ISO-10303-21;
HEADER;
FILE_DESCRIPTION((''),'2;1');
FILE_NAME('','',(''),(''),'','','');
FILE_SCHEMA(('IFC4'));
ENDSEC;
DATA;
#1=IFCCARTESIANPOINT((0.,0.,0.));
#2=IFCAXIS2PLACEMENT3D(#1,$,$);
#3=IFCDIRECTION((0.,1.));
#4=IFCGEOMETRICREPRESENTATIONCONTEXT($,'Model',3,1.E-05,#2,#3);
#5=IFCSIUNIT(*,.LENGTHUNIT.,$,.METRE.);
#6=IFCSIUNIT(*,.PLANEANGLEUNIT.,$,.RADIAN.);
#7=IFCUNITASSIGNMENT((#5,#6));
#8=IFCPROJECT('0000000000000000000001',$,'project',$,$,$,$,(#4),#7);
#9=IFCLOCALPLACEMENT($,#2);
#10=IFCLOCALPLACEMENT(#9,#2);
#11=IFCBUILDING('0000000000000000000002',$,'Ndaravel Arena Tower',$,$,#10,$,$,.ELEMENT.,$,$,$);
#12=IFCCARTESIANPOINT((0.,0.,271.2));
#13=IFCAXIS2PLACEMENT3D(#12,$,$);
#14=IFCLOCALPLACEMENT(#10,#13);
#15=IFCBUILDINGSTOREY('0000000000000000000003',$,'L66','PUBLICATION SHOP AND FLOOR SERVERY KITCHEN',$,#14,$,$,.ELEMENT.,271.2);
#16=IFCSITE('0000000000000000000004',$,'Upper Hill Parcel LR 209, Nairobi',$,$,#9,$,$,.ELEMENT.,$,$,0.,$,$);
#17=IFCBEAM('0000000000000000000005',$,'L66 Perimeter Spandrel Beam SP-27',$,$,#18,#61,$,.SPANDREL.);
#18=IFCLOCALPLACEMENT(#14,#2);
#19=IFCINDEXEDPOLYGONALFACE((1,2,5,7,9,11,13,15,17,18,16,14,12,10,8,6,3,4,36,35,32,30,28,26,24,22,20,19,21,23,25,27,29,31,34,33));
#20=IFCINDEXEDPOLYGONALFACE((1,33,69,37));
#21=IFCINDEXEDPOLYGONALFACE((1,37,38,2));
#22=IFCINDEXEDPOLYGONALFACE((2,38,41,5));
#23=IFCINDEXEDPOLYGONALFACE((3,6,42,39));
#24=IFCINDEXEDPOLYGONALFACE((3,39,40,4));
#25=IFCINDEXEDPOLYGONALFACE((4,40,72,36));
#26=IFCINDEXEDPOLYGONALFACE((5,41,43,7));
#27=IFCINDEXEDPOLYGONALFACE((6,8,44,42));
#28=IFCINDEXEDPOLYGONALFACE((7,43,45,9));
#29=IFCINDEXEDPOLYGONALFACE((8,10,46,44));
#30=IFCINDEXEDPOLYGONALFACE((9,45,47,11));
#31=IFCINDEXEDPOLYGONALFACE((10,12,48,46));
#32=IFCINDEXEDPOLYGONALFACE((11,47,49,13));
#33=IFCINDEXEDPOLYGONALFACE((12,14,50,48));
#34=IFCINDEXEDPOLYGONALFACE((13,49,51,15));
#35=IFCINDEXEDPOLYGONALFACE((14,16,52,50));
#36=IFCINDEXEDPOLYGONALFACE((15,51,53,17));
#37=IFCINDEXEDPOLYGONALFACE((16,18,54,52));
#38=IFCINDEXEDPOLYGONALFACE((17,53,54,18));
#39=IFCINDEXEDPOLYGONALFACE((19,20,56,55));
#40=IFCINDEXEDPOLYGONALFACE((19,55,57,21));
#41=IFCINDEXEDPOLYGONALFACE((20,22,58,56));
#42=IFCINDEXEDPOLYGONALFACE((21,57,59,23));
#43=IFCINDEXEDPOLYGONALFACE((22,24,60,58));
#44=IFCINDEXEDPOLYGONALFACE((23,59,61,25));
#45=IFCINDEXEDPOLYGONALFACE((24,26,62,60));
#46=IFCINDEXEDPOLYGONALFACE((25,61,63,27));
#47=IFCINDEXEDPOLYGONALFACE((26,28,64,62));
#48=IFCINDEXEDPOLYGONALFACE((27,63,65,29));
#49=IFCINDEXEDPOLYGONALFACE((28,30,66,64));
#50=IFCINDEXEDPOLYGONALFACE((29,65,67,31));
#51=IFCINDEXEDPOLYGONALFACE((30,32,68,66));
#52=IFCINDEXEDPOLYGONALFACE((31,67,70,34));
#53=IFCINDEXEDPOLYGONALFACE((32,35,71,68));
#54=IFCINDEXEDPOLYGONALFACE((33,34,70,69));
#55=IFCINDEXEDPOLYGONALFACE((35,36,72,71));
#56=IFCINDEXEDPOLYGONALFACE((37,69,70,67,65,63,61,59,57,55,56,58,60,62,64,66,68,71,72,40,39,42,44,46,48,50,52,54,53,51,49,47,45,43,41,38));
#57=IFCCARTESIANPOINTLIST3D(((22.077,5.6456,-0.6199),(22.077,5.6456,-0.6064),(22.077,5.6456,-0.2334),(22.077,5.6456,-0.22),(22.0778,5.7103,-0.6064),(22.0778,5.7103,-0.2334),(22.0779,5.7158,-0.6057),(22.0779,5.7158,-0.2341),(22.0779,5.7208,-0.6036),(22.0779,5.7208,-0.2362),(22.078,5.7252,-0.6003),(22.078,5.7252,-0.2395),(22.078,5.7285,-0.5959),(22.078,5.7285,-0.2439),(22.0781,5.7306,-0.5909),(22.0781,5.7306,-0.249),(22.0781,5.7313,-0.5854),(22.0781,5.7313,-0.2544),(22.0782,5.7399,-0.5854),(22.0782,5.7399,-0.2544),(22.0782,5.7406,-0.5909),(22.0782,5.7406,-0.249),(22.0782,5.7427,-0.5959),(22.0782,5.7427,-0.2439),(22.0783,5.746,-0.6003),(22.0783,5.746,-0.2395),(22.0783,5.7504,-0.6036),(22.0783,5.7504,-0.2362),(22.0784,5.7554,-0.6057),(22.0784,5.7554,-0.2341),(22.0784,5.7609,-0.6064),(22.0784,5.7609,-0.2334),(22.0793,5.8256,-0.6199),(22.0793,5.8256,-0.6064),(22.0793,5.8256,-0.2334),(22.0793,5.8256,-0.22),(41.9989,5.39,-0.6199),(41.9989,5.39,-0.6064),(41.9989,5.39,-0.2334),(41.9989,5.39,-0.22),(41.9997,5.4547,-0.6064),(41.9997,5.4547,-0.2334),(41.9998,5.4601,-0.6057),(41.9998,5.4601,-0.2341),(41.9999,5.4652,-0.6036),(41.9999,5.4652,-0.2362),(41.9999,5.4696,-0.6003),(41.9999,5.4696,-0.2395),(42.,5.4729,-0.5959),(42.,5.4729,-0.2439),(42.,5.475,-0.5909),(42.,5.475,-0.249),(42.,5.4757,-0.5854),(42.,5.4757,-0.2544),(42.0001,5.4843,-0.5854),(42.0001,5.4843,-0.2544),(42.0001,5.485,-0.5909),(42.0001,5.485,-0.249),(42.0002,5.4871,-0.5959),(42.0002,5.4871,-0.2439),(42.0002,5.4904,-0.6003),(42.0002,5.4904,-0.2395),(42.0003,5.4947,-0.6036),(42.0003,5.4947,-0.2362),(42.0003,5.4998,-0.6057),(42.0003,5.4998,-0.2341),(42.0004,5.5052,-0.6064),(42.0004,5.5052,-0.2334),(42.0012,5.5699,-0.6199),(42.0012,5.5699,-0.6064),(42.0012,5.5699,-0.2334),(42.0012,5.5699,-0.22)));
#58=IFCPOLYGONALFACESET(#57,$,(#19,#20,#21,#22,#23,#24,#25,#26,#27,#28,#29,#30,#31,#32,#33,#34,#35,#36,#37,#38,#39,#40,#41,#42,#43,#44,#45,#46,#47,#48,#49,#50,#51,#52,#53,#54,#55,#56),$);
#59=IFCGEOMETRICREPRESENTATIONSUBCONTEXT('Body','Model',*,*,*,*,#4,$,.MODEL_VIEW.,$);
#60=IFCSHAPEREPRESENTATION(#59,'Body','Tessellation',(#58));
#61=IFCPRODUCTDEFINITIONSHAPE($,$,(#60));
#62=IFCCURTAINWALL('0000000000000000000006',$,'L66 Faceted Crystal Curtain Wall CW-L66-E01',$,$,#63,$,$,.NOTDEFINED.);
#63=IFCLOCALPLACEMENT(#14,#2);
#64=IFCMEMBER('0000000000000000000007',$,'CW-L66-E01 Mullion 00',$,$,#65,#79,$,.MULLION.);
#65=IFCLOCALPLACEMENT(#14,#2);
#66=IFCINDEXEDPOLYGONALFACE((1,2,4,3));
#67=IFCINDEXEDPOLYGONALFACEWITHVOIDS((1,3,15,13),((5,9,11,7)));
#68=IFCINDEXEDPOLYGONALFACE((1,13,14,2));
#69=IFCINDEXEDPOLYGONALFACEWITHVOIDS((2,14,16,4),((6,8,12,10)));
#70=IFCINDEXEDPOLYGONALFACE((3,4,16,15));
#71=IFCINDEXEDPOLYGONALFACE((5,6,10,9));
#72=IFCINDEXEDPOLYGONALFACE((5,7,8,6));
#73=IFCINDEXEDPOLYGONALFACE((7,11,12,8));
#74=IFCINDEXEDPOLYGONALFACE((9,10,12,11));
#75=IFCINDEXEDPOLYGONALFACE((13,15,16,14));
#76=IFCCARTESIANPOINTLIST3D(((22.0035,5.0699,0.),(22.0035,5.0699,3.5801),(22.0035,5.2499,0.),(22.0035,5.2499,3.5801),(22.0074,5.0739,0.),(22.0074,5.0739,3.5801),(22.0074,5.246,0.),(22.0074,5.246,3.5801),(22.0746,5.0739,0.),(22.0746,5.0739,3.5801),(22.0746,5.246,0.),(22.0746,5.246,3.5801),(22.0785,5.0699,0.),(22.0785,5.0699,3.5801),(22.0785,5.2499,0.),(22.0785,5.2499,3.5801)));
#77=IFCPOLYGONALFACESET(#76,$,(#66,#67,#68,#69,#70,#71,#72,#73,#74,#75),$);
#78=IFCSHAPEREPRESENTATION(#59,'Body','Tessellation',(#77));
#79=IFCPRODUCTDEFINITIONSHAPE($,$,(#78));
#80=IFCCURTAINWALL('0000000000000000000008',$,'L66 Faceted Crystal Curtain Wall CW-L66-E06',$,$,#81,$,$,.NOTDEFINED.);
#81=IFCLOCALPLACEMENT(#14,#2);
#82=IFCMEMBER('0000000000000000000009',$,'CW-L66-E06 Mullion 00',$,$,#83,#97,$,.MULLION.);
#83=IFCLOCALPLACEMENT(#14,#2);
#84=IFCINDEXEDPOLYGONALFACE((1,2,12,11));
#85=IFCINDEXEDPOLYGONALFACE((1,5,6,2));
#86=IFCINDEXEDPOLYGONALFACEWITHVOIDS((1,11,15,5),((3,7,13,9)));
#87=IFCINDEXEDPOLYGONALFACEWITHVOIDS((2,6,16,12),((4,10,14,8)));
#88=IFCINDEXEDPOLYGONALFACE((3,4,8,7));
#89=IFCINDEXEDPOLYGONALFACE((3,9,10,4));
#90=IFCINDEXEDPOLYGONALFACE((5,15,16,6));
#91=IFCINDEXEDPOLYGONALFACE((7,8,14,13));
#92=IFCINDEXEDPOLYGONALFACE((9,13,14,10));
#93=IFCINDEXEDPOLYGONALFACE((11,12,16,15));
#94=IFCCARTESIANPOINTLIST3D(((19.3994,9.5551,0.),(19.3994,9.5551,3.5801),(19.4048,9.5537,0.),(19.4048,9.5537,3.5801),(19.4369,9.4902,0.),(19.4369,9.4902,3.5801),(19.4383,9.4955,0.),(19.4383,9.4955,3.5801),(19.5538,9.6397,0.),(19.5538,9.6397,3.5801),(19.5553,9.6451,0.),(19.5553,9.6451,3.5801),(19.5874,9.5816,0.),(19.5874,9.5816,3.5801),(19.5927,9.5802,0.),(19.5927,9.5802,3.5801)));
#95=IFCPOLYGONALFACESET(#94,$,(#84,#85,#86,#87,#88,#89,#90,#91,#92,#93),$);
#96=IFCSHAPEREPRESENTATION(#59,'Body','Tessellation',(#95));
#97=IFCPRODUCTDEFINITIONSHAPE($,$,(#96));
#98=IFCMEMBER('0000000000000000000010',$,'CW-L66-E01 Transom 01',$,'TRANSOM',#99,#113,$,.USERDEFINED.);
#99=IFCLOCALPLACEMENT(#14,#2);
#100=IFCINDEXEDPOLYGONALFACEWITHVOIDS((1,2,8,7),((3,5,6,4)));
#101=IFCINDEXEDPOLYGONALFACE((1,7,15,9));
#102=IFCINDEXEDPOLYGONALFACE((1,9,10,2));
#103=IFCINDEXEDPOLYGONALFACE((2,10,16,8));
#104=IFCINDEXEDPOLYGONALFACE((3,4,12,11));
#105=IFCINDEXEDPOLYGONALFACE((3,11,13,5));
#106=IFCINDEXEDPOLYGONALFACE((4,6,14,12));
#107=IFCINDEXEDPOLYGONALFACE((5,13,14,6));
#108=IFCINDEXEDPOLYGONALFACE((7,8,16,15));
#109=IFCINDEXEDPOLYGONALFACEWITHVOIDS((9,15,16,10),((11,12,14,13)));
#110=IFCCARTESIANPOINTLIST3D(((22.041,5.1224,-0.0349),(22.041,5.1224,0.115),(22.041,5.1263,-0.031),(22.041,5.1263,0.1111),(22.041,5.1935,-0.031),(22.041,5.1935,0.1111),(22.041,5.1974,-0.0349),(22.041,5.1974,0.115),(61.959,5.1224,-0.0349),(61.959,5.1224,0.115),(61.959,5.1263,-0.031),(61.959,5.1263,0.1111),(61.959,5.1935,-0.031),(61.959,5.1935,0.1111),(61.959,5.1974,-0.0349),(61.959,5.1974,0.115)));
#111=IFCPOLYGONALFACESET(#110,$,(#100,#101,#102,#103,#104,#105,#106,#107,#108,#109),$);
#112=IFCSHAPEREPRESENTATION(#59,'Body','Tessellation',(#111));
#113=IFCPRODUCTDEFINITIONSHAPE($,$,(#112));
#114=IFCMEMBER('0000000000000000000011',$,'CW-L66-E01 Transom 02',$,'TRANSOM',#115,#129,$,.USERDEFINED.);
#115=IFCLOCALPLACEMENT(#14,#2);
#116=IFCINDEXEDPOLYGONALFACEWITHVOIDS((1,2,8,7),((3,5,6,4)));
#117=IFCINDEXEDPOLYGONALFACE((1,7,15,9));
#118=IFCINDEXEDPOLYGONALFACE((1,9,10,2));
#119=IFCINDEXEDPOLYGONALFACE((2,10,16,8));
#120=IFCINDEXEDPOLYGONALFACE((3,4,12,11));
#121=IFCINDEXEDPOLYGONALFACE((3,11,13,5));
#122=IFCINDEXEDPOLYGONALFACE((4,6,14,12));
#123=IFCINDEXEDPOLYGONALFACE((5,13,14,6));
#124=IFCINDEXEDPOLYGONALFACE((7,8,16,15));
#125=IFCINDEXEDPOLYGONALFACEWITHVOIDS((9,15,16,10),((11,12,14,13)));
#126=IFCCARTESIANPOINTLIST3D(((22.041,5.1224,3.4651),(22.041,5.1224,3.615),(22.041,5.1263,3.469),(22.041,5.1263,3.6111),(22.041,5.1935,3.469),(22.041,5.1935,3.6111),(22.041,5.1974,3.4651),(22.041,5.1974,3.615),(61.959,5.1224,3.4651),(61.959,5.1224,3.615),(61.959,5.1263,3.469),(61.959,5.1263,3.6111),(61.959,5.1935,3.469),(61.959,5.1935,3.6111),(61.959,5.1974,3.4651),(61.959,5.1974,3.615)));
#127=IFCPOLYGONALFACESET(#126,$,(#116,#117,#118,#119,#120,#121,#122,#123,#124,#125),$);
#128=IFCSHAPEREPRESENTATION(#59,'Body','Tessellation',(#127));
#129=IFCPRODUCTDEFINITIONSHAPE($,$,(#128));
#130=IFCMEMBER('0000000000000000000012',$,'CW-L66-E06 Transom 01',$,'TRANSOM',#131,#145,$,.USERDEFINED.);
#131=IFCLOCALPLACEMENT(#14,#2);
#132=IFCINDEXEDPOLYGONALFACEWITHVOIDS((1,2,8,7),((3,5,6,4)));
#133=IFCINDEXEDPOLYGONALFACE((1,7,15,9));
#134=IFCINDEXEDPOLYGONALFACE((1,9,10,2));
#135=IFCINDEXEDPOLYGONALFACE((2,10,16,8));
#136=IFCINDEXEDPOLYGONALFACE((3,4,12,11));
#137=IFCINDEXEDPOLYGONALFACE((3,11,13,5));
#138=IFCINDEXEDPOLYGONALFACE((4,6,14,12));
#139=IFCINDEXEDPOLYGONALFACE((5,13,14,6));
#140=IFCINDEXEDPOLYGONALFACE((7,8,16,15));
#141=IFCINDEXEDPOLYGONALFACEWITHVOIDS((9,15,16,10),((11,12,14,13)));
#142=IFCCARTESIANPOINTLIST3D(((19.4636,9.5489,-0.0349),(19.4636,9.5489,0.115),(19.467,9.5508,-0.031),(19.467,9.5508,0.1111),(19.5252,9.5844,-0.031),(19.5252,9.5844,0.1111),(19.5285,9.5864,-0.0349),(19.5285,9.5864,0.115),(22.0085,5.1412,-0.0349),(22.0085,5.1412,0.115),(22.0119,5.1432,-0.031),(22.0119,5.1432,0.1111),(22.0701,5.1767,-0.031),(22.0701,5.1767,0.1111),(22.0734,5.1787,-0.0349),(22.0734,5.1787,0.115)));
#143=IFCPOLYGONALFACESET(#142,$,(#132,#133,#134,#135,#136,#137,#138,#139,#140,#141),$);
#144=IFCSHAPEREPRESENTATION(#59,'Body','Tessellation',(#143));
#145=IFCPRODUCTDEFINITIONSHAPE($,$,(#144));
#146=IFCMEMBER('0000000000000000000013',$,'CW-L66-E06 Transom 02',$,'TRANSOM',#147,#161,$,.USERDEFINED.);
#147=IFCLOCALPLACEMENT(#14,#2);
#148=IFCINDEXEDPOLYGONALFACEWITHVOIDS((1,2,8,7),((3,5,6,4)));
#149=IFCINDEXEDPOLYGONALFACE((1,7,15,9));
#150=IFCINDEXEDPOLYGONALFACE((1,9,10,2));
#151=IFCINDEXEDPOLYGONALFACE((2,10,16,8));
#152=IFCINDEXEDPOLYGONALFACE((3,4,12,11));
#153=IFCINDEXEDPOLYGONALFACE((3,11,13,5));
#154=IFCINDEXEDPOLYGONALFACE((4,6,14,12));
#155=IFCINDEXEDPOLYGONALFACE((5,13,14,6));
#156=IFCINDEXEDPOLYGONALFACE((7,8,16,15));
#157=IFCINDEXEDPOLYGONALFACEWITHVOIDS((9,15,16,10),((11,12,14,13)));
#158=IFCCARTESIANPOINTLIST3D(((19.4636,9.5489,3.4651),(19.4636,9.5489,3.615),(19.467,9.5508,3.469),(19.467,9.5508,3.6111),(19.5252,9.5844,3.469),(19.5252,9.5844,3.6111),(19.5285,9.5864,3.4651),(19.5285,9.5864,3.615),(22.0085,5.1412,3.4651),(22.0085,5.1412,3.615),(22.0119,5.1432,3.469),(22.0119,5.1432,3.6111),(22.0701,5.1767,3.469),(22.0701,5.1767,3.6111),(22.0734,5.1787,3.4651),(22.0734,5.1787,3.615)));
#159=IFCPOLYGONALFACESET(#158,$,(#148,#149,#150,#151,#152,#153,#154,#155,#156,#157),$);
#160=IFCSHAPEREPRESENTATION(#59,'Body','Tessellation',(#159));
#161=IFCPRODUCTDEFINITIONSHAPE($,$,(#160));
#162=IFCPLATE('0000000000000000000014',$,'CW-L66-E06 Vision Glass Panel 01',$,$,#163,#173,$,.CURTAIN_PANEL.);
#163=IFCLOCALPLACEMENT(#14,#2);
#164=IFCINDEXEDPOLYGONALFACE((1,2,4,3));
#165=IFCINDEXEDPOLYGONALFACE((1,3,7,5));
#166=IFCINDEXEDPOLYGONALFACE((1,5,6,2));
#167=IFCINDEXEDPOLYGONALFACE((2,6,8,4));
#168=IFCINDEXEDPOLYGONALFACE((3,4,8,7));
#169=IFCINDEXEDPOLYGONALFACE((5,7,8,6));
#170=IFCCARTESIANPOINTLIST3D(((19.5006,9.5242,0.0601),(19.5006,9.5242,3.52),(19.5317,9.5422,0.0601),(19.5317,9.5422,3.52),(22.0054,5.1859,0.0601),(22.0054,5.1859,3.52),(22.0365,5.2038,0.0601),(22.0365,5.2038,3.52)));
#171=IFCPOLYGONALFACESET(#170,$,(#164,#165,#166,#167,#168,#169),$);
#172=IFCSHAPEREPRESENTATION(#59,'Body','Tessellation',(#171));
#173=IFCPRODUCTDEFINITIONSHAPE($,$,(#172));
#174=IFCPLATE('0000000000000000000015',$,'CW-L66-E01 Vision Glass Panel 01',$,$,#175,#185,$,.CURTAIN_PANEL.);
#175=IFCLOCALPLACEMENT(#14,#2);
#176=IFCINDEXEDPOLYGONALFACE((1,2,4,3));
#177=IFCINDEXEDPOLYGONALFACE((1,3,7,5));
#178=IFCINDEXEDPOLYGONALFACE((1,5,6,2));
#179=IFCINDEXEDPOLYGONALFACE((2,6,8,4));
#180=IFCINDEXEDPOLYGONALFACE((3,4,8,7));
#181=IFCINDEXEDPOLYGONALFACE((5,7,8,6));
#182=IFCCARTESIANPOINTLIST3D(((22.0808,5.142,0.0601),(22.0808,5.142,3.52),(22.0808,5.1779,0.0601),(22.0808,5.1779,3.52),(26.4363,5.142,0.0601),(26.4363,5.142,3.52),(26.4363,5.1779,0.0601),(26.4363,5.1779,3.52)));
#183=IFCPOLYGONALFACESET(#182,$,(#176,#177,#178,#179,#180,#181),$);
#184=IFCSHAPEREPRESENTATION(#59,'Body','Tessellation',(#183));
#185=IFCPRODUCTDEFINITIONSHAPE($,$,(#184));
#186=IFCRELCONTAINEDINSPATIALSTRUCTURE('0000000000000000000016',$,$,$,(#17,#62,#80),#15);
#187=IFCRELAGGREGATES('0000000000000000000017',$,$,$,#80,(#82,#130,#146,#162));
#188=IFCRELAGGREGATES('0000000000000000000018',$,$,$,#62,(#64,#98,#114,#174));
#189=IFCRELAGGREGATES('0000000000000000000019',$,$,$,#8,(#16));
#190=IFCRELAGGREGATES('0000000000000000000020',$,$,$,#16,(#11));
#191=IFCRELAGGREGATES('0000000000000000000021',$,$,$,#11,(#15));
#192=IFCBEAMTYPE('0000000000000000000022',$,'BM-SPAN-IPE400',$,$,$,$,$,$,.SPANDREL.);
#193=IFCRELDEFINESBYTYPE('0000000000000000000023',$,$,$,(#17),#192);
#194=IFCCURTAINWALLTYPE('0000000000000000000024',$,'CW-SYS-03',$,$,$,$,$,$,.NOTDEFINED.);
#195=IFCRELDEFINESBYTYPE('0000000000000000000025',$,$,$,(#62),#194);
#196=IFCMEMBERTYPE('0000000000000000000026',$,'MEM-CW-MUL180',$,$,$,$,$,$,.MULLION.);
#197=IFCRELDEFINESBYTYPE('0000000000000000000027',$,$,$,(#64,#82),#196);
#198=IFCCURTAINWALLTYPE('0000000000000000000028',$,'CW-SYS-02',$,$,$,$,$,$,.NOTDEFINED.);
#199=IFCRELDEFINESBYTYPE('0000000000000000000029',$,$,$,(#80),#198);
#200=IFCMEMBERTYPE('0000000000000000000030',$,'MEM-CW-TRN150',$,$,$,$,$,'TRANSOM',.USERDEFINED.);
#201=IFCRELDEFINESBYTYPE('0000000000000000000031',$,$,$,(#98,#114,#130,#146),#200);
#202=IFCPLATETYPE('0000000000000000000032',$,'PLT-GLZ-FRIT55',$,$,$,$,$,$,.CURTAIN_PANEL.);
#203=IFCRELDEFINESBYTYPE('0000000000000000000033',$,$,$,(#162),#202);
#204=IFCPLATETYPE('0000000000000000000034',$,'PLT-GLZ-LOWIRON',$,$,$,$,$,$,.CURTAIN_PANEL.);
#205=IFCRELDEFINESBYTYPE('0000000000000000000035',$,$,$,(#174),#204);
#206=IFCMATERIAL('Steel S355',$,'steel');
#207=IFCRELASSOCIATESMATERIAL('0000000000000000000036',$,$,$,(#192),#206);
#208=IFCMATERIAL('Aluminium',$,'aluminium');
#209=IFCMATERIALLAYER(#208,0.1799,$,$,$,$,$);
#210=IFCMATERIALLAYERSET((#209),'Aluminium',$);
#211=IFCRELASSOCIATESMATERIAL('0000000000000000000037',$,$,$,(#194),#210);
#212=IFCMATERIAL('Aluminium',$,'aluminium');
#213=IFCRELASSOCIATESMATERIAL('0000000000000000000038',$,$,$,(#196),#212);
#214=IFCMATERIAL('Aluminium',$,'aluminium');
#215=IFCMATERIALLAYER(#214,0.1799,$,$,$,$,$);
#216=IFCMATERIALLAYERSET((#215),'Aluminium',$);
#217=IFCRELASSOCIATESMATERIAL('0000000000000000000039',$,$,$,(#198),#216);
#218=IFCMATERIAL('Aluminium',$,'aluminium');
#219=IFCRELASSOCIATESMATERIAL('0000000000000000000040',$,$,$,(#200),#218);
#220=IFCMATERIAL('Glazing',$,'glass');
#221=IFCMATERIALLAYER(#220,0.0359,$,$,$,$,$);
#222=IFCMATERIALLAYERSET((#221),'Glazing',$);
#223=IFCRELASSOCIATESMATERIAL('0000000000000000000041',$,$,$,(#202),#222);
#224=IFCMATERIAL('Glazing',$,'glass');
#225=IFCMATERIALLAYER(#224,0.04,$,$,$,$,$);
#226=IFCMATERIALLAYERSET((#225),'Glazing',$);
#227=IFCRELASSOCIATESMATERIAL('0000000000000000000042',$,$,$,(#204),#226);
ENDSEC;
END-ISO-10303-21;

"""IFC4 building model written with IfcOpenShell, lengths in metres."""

from ifc_helpers import new_model, si_unit, direction, frame, origin, origin_2d, place, context, subcontext, project, spatial, rectangle, hollow_rectangle, i_section, extrude, material, layer, layer_set, material_profile, profile_set, type_object, element, aggregate, save


model = new_model("IFC4")

# Units and contexts
model_context = context("Model", 3, precision=1e-05, world=origin(), true_north=direction((0.0, 1.0)))
body_context = subcontext(model_context, "Body", "Model", "MODEL_VIEW")
ifc_project = project(units=[si_unit("LENGTHUNIT", "METRE"), si_unit("PLANEANGLEUNIT", "RADIAN")], contexts=[model_context])

# Site, building, storey
site_placement = place(None, origin())
site = spatial("IfcSite", under=ifc_project, at=site_placement, Name="Upper Hill Parcel LR 209, Nairobi", CompositionType="ELEMENT", RefElevation=0.0)
building_placement = place(site_placement, origin())
building = spatial("IfcBuilding", under=site, at=building_placement, Name="Ndaravel Arena Tower", CompositionType="ELEMENT")
storey_placement = place(building_placement, frame((0.0, 0.0, 271.2)))
storey = spatial("IfcBuildingStorey", under=building, at=storey_placement, Name="L66", Description="PUBLICATION SHOP AND FLOOR SERVERY KITCHEN", CompositionType="ELEMENT", Elevation=271.2)

# Beam
ifc_material_1 = material(Name="Steel S355", Category="steel")
ifc_material_profile_1 = material_profile(ifc_material_1, i_section(OverallWidth=0.1799, OverallDepth=0.3999, WebThickness=0.0085, FlangeThickness=0.0134, FilletRadius=0.021, at=origin_2d()), Name="IPE 400")
ifc_profile_set_1 = profile_set([ifc_material_profile_1], Name="Steel S355")
beam_type = type_object("IfcBeamType", Name="BM-SPAN-IPE400", PredefinedType="SPANDREL", material=ifc_profile_set_1)
beam_1_placement = place(storey_placement, frame((22.0781, 5.7356, -0.4199), z_axis=(0.999918, -0.01283, 0.0), x_axis=(0.01283, 0.999918, 0.0)))
element("IfcBeam", 1, at=beam_1_placement, inside=storey, type_object=beam_type, Name="L66 Perimeter Spandrel Beam SP-27", PredefinedType="SPANDREL", context=body_context, shape_type="SweptSolid", body=[
    extrude(i_section(OverallWidth=0.1799, OverallDepth=0.3999, WebThickness=0.0085, FlangeThickness=0.0134, FilletRadius=0.021, at=origin_2d()), origin(), (0.0, 0.0, 1.0), 19.9236),
])

# Curtain walls, members
ifc_material_2 = material(Name="Aluminium", Category="aluminium")
ifc_layer_1 = layer(ifc_material_2, 0.1799)
ifc_layer_set_1 = layer_set([ifc_layer_1], Name="Aluminium")
curtain_wall_type_1 = type_object("IfcCurtainWallType", Name="CW-SYS-03", PredefinedType="NOTDEFINED", material=ifc_layer_set_1)
curtain_wall_1_placement = place(storey_placement, origin())
curtain_wall_1 = element("IfcCurtainWall", 2, at=curtain_wall_1_placement, inside=storey, type_object=curtain_wall_type_1, Name="L66 Faceted Crystal Curtain Wall CW-L66-E01", PredefinedType="NOTDEFINED")
ifc_material_3 = material(Name="Aluminium", Category="aluminium")
ifc_material_profile_2 = material_profile(ifc_material_3, hollow_rectangle(XDim=0.075, YDim=0.1799, WallThickness=0.0039, at=origin_2d()), Name="CW MULLION 75x180x4")
ifc_profile_set_2 = profile_set([ifc_material_profile_2], Name="Aluminium")
member_type_1 = type_object("IfcMemberType", Name="MEM-CW-MUL180", PredefinedType="MULLION", material=ifc_profile_set_2)
member_1_placement = place(storey_placement, frame((22.041, 5.1599, 0.0), z_axis=(0.0, 0.0, 1.0), x_axis=(1.0, 0.0, 0.0)))
member_1 = element("IfcMember", 3, at=member_1_placement, type_object=member_type_1, Name="CW-L66-E01 Mullion 00", PredefinedType="MULLION", context=body_context, shape_type="SweptSolid", body=[
    extrude(hollow_rectangle(XDim=0.075, YDim=0.1799, WallThickness=0.0039, at=origin_2d()), origin(), (0.0, 0.0, 1.0), 3.5801),
])
ifc_material_4 = material(Name="Aluminium", Category="aluminium")
ifc_layer_2 = layer(ifc_material_4, 0.1799)
ifc_layer_set_2 = layer_set([ifc_layer_2], Name="Aluminium")
curtain_wall_type_2 = type_object("IfcCurtainWallType", Name="CW-SYS-02", PredefinedType="NOTDEFINED", material=ifc_layer_set_2)
curtain_wall_2_placement = place(storey_placement, origin())
curtain_wall_2 = element("IfcCurtainWall", 4, at=curtain_wall_2_placement, inside=storey, type_object=curtain_wall_type_2, Name="L66 Faceted Crystal Curtain Wall CW-L66-E06", PredefinedType="NOTDEFINED")
member_2_placement = place(storey_placement, frame((19.4961, 9.5676, 0.0), z_axis=(0.0, 0.0, 1.0), x_axis=(0.5, -0.866025, 0.0)))
member_2 = element("IfcMember", 5, at=member_2_placement, type_object=member_type_1, Name="CW-L66-E06 Mullion 00", PredefinedType="MULLION", context=body_context, shape_type="SweptSolid", body=[
    extrude(hollow_rectangle(XDim=0.075, YDim=0.1799, WallThickness=0.0039, at=origin_2d()), origin(), (0.0, 0.0, 1.0), 3.5801),
])

# Members
ifc_material_5 = material(Name="Aluminium", Category="aluminium")
ifc_material_profile_3 = material_profile(ifc_material_5, hollow_rectangle(XDim=0.075, YDim=0.1499, WallThickness=0.0039, at=origin_2d()), Name="CW TRANSOM 75x150x4")
ifc_profile_set_3 = profile_set([ifc_material_profile_3], Name="Aluminium")
member_type_2 = type_object("IfcMemberType", Name="MEM-CW-TRN150", ElementType="TRANSOM", PredefinedType="USERDEFINED", material=ifc_profile_set_3)
member_3_placement = place(storey_placement, frame((22.041, 5.1599, 0.04), z_axis=(1.0, 0.0, 0.0), x_axis=(0.0, 1.0, 0.0)))
member_3 = element("IfcMember", 6, at=member_3_placement, type_object=member_type_2, Name="CW-L66-E01 Transom 01", ObjectType="TRANSOM", PredefinedType="USERDEFINED", context=body_context, shape_type="SweptSolid", body=[
    extrude(hollow_rectangle(XDim=0.075, YDim=0.1499, WallThickness=0.0039, at=origin_2d()), origin(), (0.0, 0.0, 1.0), 39.918),
])
member_4_placement = place(storey_placement, frame((22.041, 5.1599, 3.54), z_axis=(1.0, 0.0, 0.0), x_axis=(0.0, 1.0, 0.0)))
member_4 = element("IfcMember", 7, at=member_4_placement, type_object=member_type_2, Name="CW-L66-E01 Transom 02", ObjectType="TRANSOM", PredefinedType="USERDEFINED", context=body_context, shape_type="SweptSolid", body=[
    extrude(hollow_rectangle(XDim=0.075, YDim=0.1499, WallThickness=0.0039, at=origin_2d()), origin(), (0.0, 0.0, 1.0), 39.918),
])
member_5_placement = place(storey_placement, frame((19.4961, 9.5676, 0.04), z_axis=(0.500019, -0.866015, 0.0), x_axis=(0.866015, 0.500019, 0.0)))
member_5 = element("IfcMember", 8, at=member_5_placement, type_object=member_type_2, Name="CW-L66-E06 Transom 01", ObjectType="TRANSOM", PredefinedType="USERDEFINED", context=body_context, shape_type="SweptSolid", body=[
    extrude(hollow_rectangle(XDim=0.075, YDim=0.1499, WallThickness=0.0039, at=origin_2d()), origin(), (0.0, 0.0, 1.0), 5.0896),
])
member_6_placement = place(storey_placement, frame((19.4961, 9.5676, 3.54), z_axis=(0.500019, -0.866015, 0.0), x_axis=(0.866015, 0.500019, 0.0)))
member_6 = element("IfcMember", 9, at=member_6_placement, type_object=member_type_2, Name="CW-L66-E06 Transom 02", ObjectType="TRANSOM", PredefinedType="USERDEFINED", context=body_context, shape_type="SweptSolid", body=[
    extrude(hollow_rectangle(XDim=0.075, YDim=0.1499, WallThickness=0.0039, at=origin_2d()), origin(), (0.0, 0.0, 1.0), 5.0896),
])

# Plates
ifc_material_6 = material(Name="Glazing", Category="glass")
ifc_layer_3 = layer(ifc_material_6, 0.0359)
ifc_layer_set_3 = layer_set([ifc_layer_3], Name="Glazing")
plate_type_1 = type_object("IfcPlateType", Name="PLT-GLZ-FRIT55", PredefinedType="CURTAIN_PANEL", material=ifc_layer_set_3)
plate_1_placement = place(storey_placement, frame((20.7686, 7.364, 0.0601), z_axis=(0.0, 0.0, 1.0), x_axis=(0.5, -0.866025, 0.0)))
plate_1 = element("IfcPlate", 10, at=plate_1_placement, type_object=plate_type_1, Name="CW-L66-E06 Vision Glass Panel 01", PredefinedType="CURTAIN_PANEL", context=body_context, shape_type="SweptSolid", body=[
    extrude(rectangle(XDim=5.0095, YDim=0.0359, at=origin_2d()), origin(), (0.0, 0.0, 1.0), 3.46),
])
aggregate(curtain_wall_2, [member_2, member_5, member_6, plate_1])
ifc_material_7 = material(Name="Glazing", Category="glass")
ifc_layer_4 = layer(ifc_material_7, 0.04)
ifc_layer_set_4 = layer_set([ifc_layer_4], Name="Glazing")
plate_type_2 = type_object("IfcPlateType", Name="PLT-GLZ-LOWIRON", PredefinedType="CURTAIN_PANEL", material=ifc_layer_set_4)
plate_2_placement = place(storey_placement, frame((24.2585, 5.1599, 0.0601), z_axis=(0.0, 0.0, 1.0), x_axis=(1.0, 0.0, 0.0)))
plate_2 = element("IfcPlate", 11, at=plate_2_placement, type_object=plate_type_2, Name="CW-L66-E01 Vision Glass Panel 01", PredefinedType="CURTAIN_PANEL", context=body_context, shape_type="SweptSolid", body=[
    extrude(rectangle(XDim=4.3555, YDim=0.0359, at=origin_2d()), origin(), (0.0, 0.0, 1.0), 3.46),
])
aggregate(curtain_wall_1, [member_1, member_3, member_4, plate_2])

save(model, "model.ifc")
